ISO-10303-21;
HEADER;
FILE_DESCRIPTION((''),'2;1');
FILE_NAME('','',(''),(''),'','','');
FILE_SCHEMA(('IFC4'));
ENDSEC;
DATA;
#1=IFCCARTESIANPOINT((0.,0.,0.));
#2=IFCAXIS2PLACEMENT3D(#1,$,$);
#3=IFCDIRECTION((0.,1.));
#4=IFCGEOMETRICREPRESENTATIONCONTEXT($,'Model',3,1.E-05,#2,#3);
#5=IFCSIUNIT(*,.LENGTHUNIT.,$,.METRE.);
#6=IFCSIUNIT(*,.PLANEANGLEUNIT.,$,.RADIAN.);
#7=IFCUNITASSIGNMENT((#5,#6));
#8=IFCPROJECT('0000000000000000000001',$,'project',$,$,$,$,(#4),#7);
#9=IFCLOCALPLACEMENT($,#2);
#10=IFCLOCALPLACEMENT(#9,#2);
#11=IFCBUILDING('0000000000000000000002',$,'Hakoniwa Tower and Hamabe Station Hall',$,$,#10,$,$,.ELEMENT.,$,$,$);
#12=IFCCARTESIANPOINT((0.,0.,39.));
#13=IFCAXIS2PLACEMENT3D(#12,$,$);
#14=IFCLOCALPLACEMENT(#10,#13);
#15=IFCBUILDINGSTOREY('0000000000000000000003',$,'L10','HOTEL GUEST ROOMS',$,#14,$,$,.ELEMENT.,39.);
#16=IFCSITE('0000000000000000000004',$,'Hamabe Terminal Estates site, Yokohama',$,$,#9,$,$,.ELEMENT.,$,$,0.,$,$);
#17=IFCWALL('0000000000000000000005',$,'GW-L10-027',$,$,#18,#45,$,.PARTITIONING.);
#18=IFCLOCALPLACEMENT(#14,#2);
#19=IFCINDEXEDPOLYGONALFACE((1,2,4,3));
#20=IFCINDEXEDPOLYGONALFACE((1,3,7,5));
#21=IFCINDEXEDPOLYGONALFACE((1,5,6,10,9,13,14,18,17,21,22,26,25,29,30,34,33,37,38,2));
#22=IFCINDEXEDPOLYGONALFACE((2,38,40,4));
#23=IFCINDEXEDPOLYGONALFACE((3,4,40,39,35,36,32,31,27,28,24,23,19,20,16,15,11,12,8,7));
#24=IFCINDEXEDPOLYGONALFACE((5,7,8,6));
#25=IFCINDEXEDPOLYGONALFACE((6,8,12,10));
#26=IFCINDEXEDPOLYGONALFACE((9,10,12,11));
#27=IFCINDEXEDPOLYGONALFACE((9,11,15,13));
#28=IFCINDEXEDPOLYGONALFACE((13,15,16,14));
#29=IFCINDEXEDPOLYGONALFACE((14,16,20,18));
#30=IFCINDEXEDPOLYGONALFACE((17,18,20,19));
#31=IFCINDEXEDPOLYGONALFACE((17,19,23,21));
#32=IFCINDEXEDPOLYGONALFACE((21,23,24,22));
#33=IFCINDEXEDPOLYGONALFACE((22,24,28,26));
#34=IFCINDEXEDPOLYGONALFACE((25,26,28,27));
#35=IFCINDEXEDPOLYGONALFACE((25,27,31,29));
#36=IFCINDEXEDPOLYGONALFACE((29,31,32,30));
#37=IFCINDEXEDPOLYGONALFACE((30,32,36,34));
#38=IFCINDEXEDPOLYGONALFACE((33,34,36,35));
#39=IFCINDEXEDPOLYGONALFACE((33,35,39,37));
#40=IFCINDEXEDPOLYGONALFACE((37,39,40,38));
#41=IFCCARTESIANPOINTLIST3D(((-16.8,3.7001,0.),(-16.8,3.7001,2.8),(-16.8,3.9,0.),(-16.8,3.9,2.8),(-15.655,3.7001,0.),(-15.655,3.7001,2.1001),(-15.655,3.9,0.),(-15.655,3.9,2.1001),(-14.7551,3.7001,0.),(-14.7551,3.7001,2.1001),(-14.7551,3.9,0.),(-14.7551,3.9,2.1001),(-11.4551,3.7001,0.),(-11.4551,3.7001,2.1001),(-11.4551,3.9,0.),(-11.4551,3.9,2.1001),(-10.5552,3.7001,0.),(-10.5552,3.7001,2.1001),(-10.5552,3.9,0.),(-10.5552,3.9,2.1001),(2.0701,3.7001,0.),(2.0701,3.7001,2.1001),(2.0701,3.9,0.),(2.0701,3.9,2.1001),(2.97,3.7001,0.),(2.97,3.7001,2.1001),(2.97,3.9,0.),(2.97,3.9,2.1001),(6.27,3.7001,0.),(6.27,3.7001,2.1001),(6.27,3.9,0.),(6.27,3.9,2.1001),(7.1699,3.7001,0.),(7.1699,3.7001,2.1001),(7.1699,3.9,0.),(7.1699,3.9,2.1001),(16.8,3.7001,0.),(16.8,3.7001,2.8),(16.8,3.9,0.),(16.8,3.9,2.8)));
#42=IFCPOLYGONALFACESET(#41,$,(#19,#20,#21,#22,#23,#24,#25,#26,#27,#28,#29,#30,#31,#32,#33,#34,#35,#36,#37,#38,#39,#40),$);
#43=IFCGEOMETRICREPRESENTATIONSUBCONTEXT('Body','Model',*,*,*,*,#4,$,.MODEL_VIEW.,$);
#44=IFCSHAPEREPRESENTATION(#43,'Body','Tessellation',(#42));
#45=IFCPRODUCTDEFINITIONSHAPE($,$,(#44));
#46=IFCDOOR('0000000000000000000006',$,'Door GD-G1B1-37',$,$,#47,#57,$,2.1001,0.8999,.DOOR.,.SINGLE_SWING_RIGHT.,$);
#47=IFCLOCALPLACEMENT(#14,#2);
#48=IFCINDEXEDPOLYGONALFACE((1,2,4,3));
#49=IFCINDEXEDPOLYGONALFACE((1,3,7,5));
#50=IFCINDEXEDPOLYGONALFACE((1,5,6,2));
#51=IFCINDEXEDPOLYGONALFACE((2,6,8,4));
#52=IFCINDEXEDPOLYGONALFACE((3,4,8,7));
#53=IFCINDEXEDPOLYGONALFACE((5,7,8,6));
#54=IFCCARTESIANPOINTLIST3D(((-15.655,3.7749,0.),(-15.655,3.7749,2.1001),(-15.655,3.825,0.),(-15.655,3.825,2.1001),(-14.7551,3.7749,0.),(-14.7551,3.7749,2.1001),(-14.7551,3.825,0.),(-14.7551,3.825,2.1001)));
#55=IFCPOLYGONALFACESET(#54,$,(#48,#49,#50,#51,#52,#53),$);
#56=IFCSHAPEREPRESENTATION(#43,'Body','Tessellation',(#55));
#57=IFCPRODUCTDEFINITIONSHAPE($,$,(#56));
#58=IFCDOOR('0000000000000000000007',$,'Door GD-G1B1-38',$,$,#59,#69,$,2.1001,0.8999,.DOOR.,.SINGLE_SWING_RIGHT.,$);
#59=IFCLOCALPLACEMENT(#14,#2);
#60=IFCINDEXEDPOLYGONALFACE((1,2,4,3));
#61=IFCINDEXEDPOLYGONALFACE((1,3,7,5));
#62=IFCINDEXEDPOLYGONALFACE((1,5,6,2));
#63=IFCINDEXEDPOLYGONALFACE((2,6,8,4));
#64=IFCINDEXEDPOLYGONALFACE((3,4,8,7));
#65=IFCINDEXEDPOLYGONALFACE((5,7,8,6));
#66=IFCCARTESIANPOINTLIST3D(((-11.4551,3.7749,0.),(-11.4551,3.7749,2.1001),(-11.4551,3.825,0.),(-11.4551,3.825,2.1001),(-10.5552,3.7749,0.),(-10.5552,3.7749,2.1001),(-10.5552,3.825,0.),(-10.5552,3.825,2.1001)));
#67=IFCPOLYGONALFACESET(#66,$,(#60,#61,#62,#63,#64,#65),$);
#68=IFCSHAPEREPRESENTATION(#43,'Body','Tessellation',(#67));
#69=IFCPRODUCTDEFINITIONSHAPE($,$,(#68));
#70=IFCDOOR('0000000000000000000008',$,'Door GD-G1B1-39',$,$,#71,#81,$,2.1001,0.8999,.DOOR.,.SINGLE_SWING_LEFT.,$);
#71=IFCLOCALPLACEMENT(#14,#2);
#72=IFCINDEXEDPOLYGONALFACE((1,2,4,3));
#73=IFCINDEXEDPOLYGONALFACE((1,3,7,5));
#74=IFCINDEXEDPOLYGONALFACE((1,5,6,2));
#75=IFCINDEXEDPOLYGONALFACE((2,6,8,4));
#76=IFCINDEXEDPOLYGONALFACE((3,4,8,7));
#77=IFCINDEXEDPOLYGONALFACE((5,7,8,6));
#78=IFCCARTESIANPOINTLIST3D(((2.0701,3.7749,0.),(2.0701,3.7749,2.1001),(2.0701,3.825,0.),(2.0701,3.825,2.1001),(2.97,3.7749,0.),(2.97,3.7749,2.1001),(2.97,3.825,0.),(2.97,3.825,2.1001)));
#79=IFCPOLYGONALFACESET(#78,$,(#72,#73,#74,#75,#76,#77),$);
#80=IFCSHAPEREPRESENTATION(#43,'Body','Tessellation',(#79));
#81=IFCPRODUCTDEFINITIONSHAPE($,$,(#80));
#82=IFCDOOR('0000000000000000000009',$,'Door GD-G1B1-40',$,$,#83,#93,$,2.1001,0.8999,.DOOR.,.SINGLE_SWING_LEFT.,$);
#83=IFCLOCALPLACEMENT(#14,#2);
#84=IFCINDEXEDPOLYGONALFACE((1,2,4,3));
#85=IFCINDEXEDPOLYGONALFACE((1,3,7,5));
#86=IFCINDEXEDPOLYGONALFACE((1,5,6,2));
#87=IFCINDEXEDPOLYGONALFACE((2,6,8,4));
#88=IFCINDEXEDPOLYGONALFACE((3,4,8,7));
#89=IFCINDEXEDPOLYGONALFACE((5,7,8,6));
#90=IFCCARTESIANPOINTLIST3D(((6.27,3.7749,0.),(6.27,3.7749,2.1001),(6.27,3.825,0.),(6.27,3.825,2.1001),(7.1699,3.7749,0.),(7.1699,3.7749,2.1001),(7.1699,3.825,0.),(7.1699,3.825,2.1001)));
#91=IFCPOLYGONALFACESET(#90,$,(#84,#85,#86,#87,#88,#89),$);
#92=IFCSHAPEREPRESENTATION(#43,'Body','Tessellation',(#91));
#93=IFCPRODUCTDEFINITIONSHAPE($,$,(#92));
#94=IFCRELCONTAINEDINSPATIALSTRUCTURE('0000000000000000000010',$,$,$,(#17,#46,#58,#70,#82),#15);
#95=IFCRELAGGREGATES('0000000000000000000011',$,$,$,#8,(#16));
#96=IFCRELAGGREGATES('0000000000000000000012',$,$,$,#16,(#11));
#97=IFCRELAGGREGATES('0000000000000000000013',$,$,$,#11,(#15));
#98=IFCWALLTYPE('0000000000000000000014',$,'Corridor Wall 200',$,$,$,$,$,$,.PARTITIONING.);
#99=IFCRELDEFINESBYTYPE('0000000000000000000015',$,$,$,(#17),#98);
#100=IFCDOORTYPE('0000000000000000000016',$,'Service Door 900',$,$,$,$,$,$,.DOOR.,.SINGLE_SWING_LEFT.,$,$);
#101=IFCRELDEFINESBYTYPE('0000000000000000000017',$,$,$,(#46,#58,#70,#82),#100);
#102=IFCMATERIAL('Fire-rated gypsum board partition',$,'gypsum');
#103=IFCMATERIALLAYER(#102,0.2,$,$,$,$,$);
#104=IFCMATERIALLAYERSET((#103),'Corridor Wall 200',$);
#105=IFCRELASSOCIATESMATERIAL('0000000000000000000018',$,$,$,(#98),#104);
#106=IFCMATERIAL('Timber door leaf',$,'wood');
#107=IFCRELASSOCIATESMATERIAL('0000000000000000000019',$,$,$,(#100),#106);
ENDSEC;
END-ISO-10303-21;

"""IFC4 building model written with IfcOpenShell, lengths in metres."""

from ifc_helpers import new_model, si_unit, direction, frame, frame_2d, origin, place, context, subcontext, project, spatial, rectangle, extrude, material, layer, layer_set, type_object, element, fill, save


model = new_model("IFC4")

# Units and contexts
model_context = context("Model", 3, precision=1e-05, world=origin(), true_north=direction((0.0, 1.0)))
body_context = subcontext(model_context, "Body", "Model", "MODEL_VIEW")
ifc_project = project(units=[si_unit("LENGTHUNIT", "METRE"), si_unit("PLANEANGLEUNIT", "RADIAN")], contexts=[model_context])

# Site, building, storey
site_placement = place(None, origin())
site = spatial("IfcSite", under=ifc_project, at=site_placement, Name="Hamabe Terminal Estates site, Yokohama", CompositionType="ELEMENT", RefElevation=0.0)
building_placement = place(site_placement, origin())
building = spatial("IfcBuilding", under=site, at=building_placement, Name="Hakoniwa Tower and Hamabe Station Hall", CompositionType="ELEMENT")
storey_placement = place(building_placement, frame((0.0, 0.0, 39.0)))
storey = spatial("IfcBuildingStorey", under=building, at=storey_placement, Name="L10", Description="HOTEL GUEST ROOMS", CompositionType="ELEMENT", Elevation=39.0)

# Wall, openings, doors
ifc_material_1 = material(Name="Fire-rated gypsum board partition", Category="gypsum")
ifc_layer_1 = layer(ifc_material_1, 0.2)
ifc_layer_set_1 = layer_set([ifc_layer_1], Name="Corridor Wall 200")
wall_type_1 = type_object("IfcWallType", Name="Corridor Wall 200", PredefinedType="PARTITIONING", material=ifc_layer_set_1)
wall_1_placement = place(storey_placement, frame((-16.8, 3.8, 0.0), z_axis=(0.0, 0.0, 1.0), x_axis=(1.0, 0.0, 0.0)))
wall_1 = element("IfcWall", 1, at=wall_1_placement, inside=storey, type_object=wall_type_1, Name="GW-L10-027", PredefinedType="PARTITIONING", context=body_context, shape_type="SweptSolid", body=[
    extrude(rectangle(XDim=33.6001, YDim=0.2, at=frame_2d((16.8, 0.0))), origin(), (0.0, 0.0, 1.0), 2.8),
])
opening_1_placement = place(wall_1_placement, frame((1.145, 0.0, 0.0)))
opening_1 = element("IfcOpeningElement", 2, at=opening_1_placement, cuts=wall_1, PredefinedType="OPENING", context=body_context, shape_type="SweptSolid", body=[
    extrude(rectangle(XDim=0.8999, YDim=2.1001, at=frame_2d((0.45, 1.05))), frame((0.0, 0.1099, 0.0), z_axis=(0.0, -1.0, 0.0), x_axis=(1.0, 0.0, 0.0)), (0.0, 0.0, 1.0), 0.22),
])
opening_2_placement = place(wall_1_placement, frame((5.345, 0.0, 0.0)))
opening_2 = element("IfcOpeningElement", 3, at=opening_2_placement, cuts=wall_1, PredefinedType="OPENING", context=body_context, shape_type="SweptSolid", body=[
    extrude(rectangle(XDim=0.8999, YDim=2.1001, at=frame_2d((0.45, 1.05))), frame((0.0, 0.1099, 0.0), z_axis=(0.0, -1.0, 0.0), x_axis=(1.0, 0.0, 0.0)), (0.0, 0.0, 1.0), 0.22),
])
opening_3_placement = place(wall_1_placement, frame((18.8701, 0.0, 0.0)))
opening_3 = element("IfcOpeningElement", 4, at=opening_3_placement, cuts=wall_1, PredefinedType="OPENING", context=body_context, shape_type="SweptSolid", body=[
    extrude(rectangle(XDim=0.8999, YDim=2.1001, at=frame_2d((0.45, 1.05))), frame((0.0, 0.1099, 0.0), z_axis=(0.0, -1.0, 0.0), x_axis=(1.0, 0.0, 0.0)), (0.0, 0.0, 1.0), 0.22),
])
opening_4_placement = place(wall_1_placement, frame((23.0701, 0.0, 0.0)))
opening_4 = element("IfcOpeningElement", 5, at=opening_4_placement, cuts=wall_1, PredefinedType="OPENING", context=body_context, shape_type="SweptSolid", body=[
    extrude(rectangle(XDim=0.8999, YDim=2.1001, at=frame_2d((0.45, 1.05))), frame((0.0, 0.1099, 0.0), z_axis=(0.0, -1.0, 0.0), x_axis=(1.0, 0.0, 0.0)), (0.0, 0.0, 1.0), 0.22),
])
ifc_material_2 = material(Name="Timber door leaf", Category="wood")
door_type_1 = type_object("IfcDoorType", Name="Service Door 900", OperationType="SINGLE_SWING_LEFT", PredefinedType="DOOR", material=ifc_material_2)
door_1_placement = place(opening_1_placement, origin())
door_1 = element("IfcDoor", 6, at=door_1_placement, inside=storey, type_object=door_type_1, Name="Door GD-G1B1-37", OperationType="SINGLE_SWING_RIGHT", OverallHeight=2.1001, OverallWidth=0.8999, PredefinedType="DOOR", context=body_context, shape_type="SweptSolid", body=[
    extrude(rectangle(XDim=0.8999, YDim=2.1001, at=frame_2d((0.45, 1.05))), frame((0.0, 0.0249, 0.0), z_axis=(0.0, -1.0, 0.0), x_axis=(1.0, 0.0, 0.0)), (0.0, 0.0, 1.0), 0.05),
])
fill(opening_1, door_1)
door_2_placement = place(opening_2_placement, origin())
door_2 = element("IfcDoor", 7, at=door_2_placement, inside=storey, type_object=door_type_1, Name="Door GD-G1B1-38", OperationType="SINGLE_SWING_RIGHT", OverallHeight=2.1001, OverallWidth=0.8999, PredefinedType="DOOR", context=body_context, shape_type="SweptSolid", body=[
    extrude(rectangle(XDim=0.8999, YDim=2.1001, at=frame_2d((0.45, 1.05))), frame((0.0, 0.0249, 0.0), z_axis=(0.0, -1.0, 0.0), x_axis=(1.0, 0.0, 0.0)), (0.0, 0.0, 1.0), 0.05),
])
fill(opening_2, door_2)
door_3_placement = place(opening_3_placement, origin())
door_3 = element("IfcDoor", 8, at=door_3_placement, inside=storey, type_object=door_type_1, Name="Door GD-G1B1-39", OperationType="SINGLE_SWING_LEFT", OverallHeight=2.1001, OverallWidth=0.8999, PredefinedType="DOOR", context=body_context, shape_type="SweptSolid", body=[
    extrude(rectangle(XDim=0.8999, YDim=2.1001, at=frame_2d((0.45, 1.05))), frame((0.0, 0.0249, 0.0), z_axis=(0.0, -1.0, 0.0), x_axis=(1.0, 0.0, 0.0)), (0.0, 0.0, 1.0), 0.05),
])
fill(opening_3, door_3)
door_4_placement = place(opening_4_placement, origin())
door_4 = element("IfcDoor", 9, at=door_4_placement, inside=storey, type_object=door_type_1, Name="Door GD-G1B1-40", OperationType="SINGLE_SWING_LEFT", OverallHeight=2.1001, OverallWidth=0.8999, PredefinedType="DOOR", context=body_context, shape_type="SweptSolid", body=[
    extrude(rectangle(XDim=0.8999, YDim=2.1001, at=frame_2d((0.45, 1.05))), frame((0.0, 0.0249, 0.0), z_axis=(0.0, -1.0, 0.0), x_axis=(1.0, 0.0, 0.0)), (0.0, 0.0, 1.0), 0.05),
])
fill(opening_4, door_4)

save(model, "model.ifc")
